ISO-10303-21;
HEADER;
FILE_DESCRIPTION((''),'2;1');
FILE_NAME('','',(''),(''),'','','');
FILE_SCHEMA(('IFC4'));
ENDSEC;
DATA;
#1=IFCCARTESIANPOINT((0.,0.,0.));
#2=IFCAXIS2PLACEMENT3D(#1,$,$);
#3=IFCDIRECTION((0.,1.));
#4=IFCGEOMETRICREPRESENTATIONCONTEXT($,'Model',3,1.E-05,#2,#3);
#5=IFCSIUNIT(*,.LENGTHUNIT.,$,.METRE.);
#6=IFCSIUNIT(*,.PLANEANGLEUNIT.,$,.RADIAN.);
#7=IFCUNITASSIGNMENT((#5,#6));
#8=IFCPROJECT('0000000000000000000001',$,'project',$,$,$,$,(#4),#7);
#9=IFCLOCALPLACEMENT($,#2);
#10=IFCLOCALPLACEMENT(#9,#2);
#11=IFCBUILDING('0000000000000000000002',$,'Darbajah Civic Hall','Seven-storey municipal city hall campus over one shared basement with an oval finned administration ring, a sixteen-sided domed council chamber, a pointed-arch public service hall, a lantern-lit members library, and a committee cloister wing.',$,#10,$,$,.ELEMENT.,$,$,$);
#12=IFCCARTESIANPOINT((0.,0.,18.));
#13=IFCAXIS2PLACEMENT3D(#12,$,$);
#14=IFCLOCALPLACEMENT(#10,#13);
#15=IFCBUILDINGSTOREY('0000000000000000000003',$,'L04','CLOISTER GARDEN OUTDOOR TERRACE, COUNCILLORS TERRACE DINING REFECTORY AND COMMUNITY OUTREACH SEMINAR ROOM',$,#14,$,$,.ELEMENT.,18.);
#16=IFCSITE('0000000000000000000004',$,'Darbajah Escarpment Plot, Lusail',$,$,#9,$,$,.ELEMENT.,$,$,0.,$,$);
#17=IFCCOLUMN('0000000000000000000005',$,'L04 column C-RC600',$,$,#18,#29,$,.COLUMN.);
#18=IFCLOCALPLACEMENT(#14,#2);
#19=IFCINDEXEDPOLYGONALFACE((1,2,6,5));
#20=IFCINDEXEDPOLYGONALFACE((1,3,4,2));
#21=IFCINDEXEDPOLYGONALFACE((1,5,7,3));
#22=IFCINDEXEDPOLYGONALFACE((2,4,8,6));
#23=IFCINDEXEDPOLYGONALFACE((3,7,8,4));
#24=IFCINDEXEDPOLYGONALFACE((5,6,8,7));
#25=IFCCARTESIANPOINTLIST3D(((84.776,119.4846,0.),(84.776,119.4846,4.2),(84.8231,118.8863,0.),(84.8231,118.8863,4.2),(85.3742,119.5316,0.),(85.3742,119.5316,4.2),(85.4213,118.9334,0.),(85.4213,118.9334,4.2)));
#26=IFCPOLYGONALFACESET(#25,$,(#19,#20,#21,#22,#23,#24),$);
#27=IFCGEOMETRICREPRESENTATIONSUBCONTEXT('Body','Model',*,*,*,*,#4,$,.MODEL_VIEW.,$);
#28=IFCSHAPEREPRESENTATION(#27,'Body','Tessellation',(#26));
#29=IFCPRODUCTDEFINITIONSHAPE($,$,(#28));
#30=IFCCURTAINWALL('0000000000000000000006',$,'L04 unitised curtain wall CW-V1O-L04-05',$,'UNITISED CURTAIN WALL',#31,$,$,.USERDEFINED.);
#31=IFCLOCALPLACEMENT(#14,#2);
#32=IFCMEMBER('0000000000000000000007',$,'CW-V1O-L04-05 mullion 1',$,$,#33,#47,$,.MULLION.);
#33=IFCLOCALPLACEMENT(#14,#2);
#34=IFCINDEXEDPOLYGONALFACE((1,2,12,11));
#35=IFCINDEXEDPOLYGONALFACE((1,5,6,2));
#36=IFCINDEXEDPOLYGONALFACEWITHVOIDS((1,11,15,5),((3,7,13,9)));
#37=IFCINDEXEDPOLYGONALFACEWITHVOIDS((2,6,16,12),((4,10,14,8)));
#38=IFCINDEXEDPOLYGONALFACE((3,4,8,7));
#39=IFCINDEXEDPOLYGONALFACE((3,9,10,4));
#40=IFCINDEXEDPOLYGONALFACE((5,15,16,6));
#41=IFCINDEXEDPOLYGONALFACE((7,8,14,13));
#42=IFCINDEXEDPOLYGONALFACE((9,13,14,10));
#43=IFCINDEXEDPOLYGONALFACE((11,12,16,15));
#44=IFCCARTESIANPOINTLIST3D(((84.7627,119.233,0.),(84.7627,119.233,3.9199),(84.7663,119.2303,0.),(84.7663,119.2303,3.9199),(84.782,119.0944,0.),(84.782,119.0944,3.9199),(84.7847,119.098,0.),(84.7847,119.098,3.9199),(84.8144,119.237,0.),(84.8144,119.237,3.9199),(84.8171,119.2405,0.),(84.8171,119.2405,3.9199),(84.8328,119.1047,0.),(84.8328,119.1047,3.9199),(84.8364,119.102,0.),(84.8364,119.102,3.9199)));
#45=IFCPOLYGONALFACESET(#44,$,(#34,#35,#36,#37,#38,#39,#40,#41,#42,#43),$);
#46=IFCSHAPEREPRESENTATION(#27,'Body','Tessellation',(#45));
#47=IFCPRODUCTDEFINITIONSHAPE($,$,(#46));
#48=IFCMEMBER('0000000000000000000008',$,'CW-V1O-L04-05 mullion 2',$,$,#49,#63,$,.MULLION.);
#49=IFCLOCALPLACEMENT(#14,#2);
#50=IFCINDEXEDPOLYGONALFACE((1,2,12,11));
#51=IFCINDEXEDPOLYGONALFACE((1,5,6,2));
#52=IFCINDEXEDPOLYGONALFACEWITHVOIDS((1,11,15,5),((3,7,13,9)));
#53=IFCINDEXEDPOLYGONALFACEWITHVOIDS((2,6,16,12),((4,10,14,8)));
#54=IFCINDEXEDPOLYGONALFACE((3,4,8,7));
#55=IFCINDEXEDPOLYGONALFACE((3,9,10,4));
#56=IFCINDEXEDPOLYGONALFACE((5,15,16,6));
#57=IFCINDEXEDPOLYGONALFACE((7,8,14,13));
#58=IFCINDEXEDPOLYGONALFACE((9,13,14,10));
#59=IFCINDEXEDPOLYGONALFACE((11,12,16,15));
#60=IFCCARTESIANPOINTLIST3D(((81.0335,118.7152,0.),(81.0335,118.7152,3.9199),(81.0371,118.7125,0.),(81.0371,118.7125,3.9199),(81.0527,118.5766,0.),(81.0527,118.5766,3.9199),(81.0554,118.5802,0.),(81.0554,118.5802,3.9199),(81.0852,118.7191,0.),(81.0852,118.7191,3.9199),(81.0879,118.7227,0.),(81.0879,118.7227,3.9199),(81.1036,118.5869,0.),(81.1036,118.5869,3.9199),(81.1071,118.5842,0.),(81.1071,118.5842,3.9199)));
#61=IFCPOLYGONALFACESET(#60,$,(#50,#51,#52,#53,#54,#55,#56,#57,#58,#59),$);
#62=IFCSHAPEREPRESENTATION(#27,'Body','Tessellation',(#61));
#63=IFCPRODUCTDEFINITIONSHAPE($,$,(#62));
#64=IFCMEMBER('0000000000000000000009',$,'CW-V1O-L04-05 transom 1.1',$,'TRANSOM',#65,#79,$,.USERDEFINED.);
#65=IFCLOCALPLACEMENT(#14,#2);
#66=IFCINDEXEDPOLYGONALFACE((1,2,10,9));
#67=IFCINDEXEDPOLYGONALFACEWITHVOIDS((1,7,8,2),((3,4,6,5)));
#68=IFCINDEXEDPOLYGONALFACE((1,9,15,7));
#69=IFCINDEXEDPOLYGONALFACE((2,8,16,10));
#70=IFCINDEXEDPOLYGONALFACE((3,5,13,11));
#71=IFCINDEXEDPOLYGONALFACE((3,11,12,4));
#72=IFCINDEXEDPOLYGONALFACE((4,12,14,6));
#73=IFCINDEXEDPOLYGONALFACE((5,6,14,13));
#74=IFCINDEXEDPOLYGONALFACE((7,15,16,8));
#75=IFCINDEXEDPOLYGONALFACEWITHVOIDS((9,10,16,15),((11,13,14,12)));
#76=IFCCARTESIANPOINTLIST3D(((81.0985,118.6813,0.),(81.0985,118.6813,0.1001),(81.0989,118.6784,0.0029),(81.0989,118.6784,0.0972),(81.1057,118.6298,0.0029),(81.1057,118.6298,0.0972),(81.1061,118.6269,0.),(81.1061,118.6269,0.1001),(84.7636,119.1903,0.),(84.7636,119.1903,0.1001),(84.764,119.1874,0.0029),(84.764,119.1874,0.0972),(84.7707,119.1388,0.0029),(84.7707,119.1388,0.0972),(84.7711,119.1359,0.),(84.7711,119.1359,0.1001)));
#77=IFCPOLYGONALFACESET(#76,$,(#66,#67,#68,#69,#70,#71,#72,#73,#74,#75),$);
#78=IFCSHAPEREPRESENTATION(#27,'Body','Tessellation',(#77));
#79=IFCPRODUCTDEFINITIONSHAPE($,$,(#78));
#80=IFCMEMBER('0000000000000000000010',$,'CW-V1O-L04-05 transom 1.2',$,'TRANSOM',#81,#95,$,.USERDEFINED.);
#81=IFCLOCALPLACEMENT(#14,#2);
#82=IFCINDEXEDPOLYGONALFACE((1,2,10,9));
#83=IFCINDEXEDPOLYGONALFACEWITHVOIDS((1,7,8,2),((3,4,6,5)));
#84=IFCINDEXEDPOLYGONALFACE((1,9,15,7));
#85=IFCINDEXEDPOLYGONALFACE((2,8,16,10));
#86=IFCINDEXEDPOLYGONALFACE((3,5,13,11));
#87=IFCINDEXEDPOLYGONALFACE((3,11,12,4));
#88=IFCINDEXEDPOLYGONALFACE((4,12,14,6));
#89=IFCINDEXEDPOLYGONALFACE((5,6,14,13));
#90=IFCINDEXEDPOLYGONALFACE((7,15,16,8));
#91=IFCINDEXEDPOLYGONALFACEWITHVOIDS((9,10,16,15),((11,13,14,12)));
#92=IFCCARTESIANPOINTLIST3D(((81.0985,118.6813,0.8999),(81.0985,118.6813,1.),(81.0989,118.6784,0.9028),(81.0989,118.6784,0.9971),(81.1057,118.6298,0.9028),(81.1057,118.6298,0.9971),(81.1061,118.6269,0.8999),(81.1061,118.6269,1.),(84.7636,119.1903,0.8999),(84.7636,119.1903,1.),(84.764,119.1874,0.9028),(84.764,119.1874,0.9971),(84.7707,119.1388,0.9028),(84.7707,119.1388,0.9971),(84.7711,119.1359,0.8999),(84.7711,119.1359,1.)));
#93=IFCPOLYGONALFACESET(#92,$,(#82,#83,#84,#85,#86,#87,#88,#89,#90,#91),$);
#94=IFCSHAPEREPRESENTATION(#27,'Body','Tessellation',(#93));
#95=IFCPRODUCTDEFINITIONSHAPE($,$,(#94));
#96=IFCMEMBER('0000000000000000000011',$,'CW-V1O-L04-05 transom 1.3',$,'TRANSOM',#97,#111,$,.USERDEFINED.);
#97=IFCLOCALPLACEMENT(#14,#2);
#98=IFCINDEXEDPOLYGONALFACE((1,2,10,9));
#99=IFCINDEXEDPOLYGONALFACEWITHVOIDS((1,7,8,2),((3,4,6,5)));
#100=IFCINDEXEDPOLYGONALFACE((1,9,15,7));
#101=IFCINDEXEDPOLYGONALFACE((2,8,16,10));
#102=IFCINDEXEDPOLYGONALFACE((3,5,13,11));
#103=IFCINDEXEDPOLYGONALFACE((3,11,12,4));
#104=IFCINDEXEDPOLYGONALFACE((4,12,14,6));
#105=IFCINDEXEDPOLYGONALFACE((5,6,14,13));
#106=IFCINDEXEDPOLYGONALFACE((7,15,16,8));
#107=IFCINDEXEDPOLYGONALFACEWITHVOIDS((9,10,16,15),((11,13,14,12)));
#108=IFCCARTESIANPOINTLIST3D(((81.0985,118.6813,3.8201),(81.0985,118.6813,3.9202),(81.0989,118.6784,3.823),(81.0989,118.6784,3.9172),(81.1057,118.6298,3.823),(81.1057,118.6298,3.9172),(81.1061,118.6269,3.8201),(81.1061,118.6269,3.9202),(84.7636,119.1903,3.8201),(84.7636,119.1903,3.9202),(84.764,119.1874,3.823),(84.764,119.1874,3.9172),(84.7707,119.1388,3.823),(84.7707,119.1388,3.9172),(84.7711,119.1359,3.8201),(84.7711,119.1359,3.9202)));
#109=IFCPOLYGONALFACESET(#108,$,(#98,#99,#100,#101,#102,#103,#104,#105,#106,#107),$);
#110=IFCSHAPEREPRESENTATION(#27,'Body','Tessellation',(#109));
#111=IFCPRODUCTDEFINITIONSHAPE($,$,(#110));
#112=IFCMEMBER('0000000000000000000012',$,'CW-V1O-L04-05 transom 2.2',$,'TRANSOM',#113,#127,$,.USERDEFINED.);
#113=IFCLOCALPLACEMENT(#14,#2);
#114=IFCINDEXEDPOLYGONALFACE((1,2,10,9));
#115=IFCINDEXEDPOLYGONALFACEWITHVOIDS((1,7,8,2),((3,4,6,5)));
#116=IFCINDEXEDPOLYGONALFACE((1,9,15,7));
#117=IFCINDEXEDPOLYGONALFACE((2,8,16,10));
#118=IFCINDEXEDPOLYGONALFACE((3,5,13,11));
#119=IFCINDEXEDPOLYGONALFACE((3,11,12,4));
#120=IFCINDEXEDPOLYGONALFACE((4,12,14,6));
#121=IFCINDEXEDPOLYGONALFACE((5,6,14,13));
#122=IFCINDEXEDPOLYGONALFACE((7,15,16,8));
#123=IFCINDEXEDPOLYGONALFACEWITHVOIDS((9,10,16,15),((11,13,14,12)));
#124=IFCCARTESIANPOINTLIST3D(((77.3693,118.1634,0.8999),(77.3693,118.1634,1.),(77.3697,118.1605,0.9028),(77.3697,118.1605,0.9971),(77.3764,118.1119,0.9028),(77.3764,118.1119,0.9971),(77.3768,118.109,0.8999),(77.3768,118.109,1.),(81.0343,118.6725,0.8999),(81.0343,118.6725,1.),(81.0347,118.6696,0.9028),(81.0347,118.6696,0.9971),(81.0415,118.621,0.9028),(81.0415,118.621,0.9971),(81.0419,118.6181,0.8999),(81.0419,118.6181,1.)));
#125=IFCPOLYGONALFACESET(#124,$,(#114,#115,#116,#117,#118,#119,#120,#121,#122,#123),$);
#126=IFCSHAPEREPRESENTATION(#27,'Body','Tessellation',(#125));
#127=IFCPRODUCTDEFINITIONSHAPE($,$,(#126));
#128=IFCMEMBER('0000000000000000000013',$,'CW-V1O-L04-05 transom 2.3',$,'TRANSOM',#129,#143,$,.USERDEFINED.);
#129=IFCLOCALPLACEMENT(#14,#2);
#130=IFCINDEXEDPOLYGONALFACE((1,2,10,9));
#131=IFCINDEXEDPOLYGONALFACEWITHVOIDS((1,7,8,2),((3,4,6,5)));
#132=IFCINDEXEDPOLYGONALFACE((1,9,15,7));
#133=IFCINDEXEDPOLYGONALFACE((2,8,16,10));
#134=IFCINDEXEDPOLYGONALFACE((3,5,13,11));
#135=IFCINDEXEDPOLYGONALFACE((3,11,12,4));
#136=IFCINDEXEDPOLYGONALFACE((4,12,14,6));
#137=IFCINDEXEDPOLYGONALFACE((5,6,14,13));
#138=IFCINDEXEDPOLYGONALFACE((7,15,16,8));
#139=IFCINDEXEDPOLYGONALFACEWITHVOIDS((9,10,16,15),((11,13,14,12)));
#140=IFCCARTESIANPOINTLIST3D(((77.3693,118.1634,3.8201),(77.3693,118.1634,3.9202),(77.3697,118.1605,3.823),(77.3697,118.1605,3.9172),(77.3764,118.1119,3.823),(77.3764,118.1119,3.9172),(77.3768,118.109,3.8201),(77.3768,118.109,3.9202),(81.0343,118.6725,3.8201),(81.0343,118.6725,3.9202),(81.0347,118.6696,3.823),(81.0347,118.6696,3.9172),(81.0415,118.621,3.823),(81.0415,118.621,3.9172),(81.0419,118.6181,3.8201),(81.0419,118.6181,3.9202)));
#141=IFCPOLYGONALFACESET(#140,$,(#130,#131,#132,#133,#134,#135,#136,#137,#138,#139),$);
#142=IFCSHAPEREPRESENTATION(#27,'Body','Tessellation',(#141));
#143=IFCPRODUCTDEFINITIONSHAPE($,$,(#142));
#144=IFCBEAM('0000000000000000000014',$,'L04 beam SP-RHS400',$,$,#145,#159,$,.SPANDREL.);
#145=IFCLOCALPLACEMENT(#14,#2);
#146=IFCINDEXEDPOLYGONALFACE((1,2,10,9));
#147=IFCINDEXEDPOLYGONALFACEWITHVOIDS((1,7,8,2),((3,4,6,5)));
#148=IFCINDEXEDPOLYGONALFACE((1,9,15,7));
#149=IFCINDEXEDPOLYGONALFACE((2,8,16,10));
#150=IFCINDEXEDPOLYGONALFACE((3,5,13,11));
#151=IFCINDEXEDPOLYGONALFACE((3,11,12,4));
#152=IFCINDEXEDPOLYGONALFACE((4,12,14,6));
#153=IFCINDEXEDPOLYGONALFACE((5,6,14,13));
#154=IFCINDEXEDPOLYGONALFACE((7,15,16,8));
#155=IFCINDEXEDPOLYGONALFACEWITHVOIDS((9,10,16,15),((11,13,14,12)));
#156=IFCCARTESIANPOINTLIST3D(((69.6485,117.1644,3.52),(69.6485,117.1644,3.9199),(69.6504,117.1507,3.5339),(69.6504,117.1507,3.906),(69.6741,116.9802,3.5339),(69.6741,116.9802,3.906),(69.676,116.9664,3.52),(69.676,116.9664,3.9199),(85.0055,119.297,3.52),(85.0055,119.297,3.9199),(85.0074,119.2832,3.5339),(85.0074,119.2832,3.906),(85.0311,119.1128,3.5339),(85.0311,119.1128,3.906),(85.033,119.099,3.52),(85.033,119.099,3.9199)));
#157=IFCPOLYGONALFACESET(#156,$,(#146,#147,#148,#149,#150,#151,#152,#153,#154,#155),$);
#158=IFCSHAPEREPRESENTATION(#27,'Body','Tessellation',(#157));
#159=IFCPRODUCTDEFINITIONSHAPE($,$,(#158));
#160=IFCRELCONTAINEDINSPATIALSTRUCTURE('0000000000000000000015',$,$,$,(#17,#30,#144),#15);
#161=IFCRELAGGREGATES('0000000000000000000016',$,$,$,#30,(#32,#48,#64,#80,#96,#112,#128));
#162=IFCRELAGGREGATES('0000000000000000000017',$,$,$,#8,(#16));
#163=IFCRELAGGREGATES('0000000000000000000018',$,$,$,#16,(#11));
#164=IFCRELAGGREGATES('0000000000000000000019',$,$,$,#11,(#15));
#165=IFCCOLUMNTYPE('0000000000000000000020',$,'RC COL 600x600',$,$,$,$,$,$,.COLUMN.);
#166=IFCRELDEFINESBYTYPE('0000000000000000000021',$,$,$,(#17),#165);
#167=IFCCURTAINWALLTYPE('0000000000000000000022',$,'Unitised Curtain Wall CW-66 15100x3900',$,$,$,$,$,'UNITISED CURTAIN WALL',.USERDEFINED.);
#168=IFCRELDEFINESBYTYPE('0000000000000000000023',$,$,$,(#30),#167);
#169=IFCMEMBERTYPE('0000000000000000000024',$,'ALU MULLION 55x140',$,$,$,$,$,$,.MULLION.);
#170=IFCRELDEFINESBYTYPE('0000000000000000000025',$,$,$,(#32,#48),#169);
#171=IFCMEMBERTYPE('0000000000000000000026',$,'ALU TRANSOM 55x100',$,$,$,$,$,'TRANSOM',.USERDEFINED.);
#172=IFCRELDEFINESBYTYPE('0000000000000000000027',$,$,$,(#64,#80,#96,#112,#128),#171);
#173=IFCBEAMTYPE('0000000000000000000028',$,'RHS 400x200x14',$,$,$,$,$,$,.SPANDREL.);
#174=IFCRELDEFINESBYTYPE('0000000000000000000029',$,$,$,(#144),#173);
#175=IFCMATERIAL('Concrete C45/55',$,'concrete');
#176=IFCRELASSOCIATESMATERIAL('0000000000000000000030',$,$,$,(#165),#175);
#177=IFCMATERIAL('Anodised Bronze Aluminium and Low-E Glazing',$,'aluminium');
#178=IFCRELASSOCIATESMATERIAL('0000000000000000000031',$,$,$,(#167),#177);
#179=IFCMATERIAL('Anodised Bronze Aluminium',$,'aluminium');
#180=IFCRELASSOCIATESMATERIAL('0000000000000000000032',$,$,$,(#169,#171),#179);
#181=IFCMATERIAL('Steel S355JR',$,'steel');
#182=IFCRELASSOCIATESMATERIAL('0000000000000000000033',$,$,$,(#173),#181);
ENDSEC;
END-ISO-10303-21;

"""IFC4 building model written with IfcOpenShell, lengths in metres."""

from ifc_helpers import new_model, si_unit, direction, frame, origin, origin_2d, place, context, subcontext, project, spatial, rectangle, hollow_rectangle, extrude, material, material_profile, profile_set, type_object, element, aggregate, save


model = new_model("IFC4")

# Units and contexts
model_context = context("Model", 3, precision=1e-05, world=origin(), true_north=direction((0.0, 1.0)))
body_context = subcontext(model_context, "Body", "Model", "MODEL_VIEW")
ifc_project = project(units=[si_unit("LENGTHUNIT", "METRE"), si_unit("PLANEANGLEUNIT", "RADIAN")], contexts=[model_context])

# Site, building, storey
site_placement = place(None, origin())
site = spatial("IfcSite", under=ifc_project, at=site_placement, Name="Darbajah Escarpment Plot, Lusail", CompositionType="ELEMENT", RefElevation=0.0)
building_placement = place(site_placement, origin())
building = spatial("IfcBuilding", under=site, at=building_placement, Name="Darbajah Civic Hall", Description="Seven-storey municipal city hall campus over one shared basement with an oval finned administration ring, a sixteen-sided domed council chamber, a pointed-arch public service hall, a lantern-lit members library, and a committee cloister wing.", CompositionType="ELEMENT")
storey_placement = place(building_placement, frame((0.0, 0.0, 18.0)))
storey = spatial("IfcBuildingStorey", under=building, at=storey_placement, Name="L04", Description="CLOISTER GARDEN OUTDOOR TERRACE, COUNCILLORS TERRACE DINING REFECTORY AND COMMUNITY OUTREACH SEMINAR ROOM", CompositionType="ELEMENT", Elevation=18.0)

# Column
ifc_material_1 = material(Name="Concrete C45/55", Category="concrete")
ifc_material_profile_1 = material_profile(ifc_material_1, rectangle(XDim=0.6001, YDim=0.6001, at=origin_2d()), Name="RC COL 600x600")
ifc_profile_set_1 = profile_set([ifc_material_profile_1], Name="Concrete C45/55")
column_type = type_object("IfcColumnType", Name="RC COL 600x600", PredefinedType="COLUMN", material=ifc_profile_set_1)
column_placement = place(storey_placement, frame((85.0986, 119.209, 0.0), z_axis=(0.0, 0.0, 1.0), x_axis=(-0.078459, 0.996917, 0.0)))
element("IfcColumn", 1, at=column_placement, inside=storey, type_object=column_type, Name="L04 column C-RC600", PredefinedType="COLUMN", context=body_context, shape_type="SweptSolid", body=[
    extrude(rectangle(XDim=0.6001, YDim=0.6001, at=origin_2d()), origin(), (0.0, 0.0, 1.0), 4.2),
])

# Curtain wall, members
ifc_material_2 = material(Name="Anodised Bronze Aluminium and Low-E Glazing", Category="aluminium")
curtain_wall_type = type_object("IfcCurtainWallType", Name="Unitised Curtain Wall CW-66 15100x3900", ElementType="UNITISED CURTAIN WALL", PredefinedType="USERDEFINED", material=ifc_material_2)
curtain_wall_placement = place(storey_placement, origin())
curtain_wall = element("IfcCurtainWall", 2, at=curtain_wall_placement, inside=storey, type_object=curtain_wall_type, Name="L04 unitised curtain wall CW-V1O-L04-05", ObjectType="UNITISED CURTAIN WALL", PredefinedType="USERDEFINED")
ifc_material_3 = material(Name="Anodised Bronze Aluminium", Category="aluminium")
ifc_material_profile_2 = material_profile(ifc_material_3, hollow_rectangle(XDim=0.0549, YDim=0.1399, WallThickness=0.0032, at=origin_2d()), Name="ALU MULLION 55x140")
ifc_profile_set_2 = profile_set([ifc_material_profile_2], Name="Anodised Bronze Aluminium")
member_type_1 = type_object("IfcMemberType", Name="ALU MULLION 55x140", PredefinedType="MULLION", material=ifc_profile_set_2)
member_1_placement = place(storey_placement, frame((84.7996, 119.1675, 0.0), z_axis=(0.0, 0.0, 1.0), x_axis=(-0.990485, -0.137617, 0.0)))
member_1 = element("IfcMember", 3, at=member_1_placement, type_object=member_type_1, Name="CW-V1O-L04-05 mullion 1", PredefinedType="MULLION", context=body_context, shape_type="SweptSolid", body=[
    extrude(hollow_rectangle(XDim=0.0549, YDim=0.1399, WallThickness=0.0032, at=origin_2d()), origin(), (0.0, 0.0, 1.0), 3.9199),
])
member_2_placement = place(storey_placement, frame((81.0703, 118.6497, 0.0), z_axis=(0.0, 0.0, 1.0), x_axis=(-0.990485, -0.137617, 0.0)))
member_2 = element("IfcMember", 4, at=member_2_placement, type_object=member_type_1, Name="CW-V1O-L04-05 mullion 2", PredefinedType="MULLION", context=body_context, shape_type="SweptSolid", body=[
    extrude(hollow_rectangle(XDim=0.0549, YDim=0.1399, WallThickness=0.0032, at=origin_2d()), origin(), (0.0, 0.0, 1.0), 3.9199),
])
ifc_material_profile_3 = material_profile(ifc_material_3, hollow_rectangle(XDim=0.0549, YDim=0.1001, WallThickness=0.0029, at=origin_2d()), Name="ALU TRANSOM 55x100")
ifc_profile_set_3 = profile_set([ifc_material_profile_3], Name="Anodised Bronze Aluminium")
member_type_2 = type_object("IfcMemberType", Name="ALU TRANSOM 55x100", ElementType="TRANSOM", PredefinedType="USERDEFINED", material=ifc_profile_set_3)
member_3_placement = place(storey_placement, frame((84.7673, 119.1631, 0.05), z_axis=(-0.990492, -0.137568, 0.0), x_axis=(0.137568, -0.990492, 0.0)))
member_3 = element("IfcMember", 5, at=member_3_placement, type_object=member_type_2, Name="CW-V1O-L04-05 transom 1.1", ObjectType="TRANSOM", PredefinedType="USERDEFINED", context=body_context, shape_type="SweptSolid", body=[
    extrude(hollow_rectangle(XDim=0.0549, YDim=0.1001, WallThickness=0.0029, at=origin_2d()), origin(), (0.0, 0.0, 1.0), 3.7002),
])
member_4_placement = place(storey_placement, frame((84.7673, 119.1631, 0.95), z_axis=(-0.990492, -0.137568, 0.0), x_axis=(0.137568, -0.990492, 0.0)))
member_4 = element("IfcMember", 6, at=member_4_placement, type_object=member_type_2, Name="CW-V1O-L04-05 transom 1.2", ObjectType="TRANSOM", PredefinedType="USERDEFINED", context=body_context, shape_type="SweptSolid", body=[
    extrude(hollow_rectangle(XDim=0.0549, YDim=0.1001, WallThickness=0.0029, at=origin_2d()), origin(), (0.0, 0.0, 1.0), 3.7002),
])
member_5_placement = place(storey_placement, frame((84.7673, 119.1631, 3.8701), z_axis=(-0.990492, -0.137568, 0.0), x_axis=(0.137568, -0.990492, 0.0)))
member_5 = element("IfcMember", 7, at=member_5_placement, type_object=member_type_2, Name="CW-V1O-L04-05 transom 1.3", ObjectType="TRANSOM", PredefinedType="USERDEFINED", context=body_context, shape_type="SweptSolid", body=[
    extrude(hollow_rectangle(XDim=0.0549, YDim=0.1001, WallThickness=0.0029, at=origin_2d()), origin(), (0.0, 0.0, 1.0), 3.7002),
])
member_6_placement = place(storey_placement, frame((81.0381, 118.6453, 0.95), z_axis=(-0.990492, -0.137568, 0.0), x_axis=(0.137568, -0.990492, 0.0)))
member_6 = element("IfcMember", 8, at=member_6_placement, type_object=member_type_2, Name="CW-V1O-L04-05 transom 2.2", ObjectType="TRANSOM", PredefinedType="USERDEFINED", context=body_context, shape_type="SweptSolid", body=[
    extrude(hollow_rectangle(XDim=0.0549, YDim=0.1001, WallThickness=0.0029, at=origin_2d()), origin(), (0.0, 0.0, 1.0), 3.7002),
])
member_7_placement = place(storey_placement, frame((81.0381, 118.6453, 3.8701), z_axis=(-0.990492, -0.137568, 0.0), x_axis=(0.137568, -0.990492, 0.0)))
member_7 = element("IfcMember", 9, at=member_7_placement, type_object=member_type_2, Name="CW-V1O-L04-05 transom 2.3", ObjectType="TRANSOM", PredefinedType="USERDEFINED", context=body_context, shape_type="SweptSolid", body=[
    extrude(hollow_rectangle(XDim=0.0549, YDim=0.1001, WallThickness=0.0029, at=origin_2d()), origin(), (0.0, 0.0, 1.0), 3.7002),
])

# Beam
ifc_material_4 = material(Name="Steel S355JR", Category="steel")
ifc_material_profile_4 = material_profile(ifc_material_4, hollow_rectangle(XDim=0.2, YDim=0.3999, WallThickness=0.0139, at=origin_2d()), Name="RHS 400x200x14")
ifc_profile_set_4 = profile_set([ifc_material_profile_4], Name="Steel S355JR")
beam_type_1 = type_object("IfcBeamType", Name="RHS 400x200x14", PredefinedType="SPANDREL", material=ifc_profile_set_4)
beam_1_placement = place(storey_placement, frame((85.0193, 119.198, 3.72), z_axis=(-0.990495, -0.137547, 0.0), x_axis=(0.137547, -0.990495, 0.0)))
element("IfcBeam", 10, at=beam_1_placement, inside=storey, type_object=beam_type_1, Name="L04 beam SP-RHS400", PredefinedType="SPANDREL", context=body_context, shape_type="SweptSolid", body=[
    extrude(hollow_rectangle(XDim=0.2, YDim=0.3999, WallThickness=0.0139, at=origin_2d()), origin(), (0.0, 0.0, 1.0), 15.5044),
])

aggregate(curtain_wall, [member_1, member_2, member_3, member_4, member_5, member_6, member_7])

save(model, "model.ifc")
